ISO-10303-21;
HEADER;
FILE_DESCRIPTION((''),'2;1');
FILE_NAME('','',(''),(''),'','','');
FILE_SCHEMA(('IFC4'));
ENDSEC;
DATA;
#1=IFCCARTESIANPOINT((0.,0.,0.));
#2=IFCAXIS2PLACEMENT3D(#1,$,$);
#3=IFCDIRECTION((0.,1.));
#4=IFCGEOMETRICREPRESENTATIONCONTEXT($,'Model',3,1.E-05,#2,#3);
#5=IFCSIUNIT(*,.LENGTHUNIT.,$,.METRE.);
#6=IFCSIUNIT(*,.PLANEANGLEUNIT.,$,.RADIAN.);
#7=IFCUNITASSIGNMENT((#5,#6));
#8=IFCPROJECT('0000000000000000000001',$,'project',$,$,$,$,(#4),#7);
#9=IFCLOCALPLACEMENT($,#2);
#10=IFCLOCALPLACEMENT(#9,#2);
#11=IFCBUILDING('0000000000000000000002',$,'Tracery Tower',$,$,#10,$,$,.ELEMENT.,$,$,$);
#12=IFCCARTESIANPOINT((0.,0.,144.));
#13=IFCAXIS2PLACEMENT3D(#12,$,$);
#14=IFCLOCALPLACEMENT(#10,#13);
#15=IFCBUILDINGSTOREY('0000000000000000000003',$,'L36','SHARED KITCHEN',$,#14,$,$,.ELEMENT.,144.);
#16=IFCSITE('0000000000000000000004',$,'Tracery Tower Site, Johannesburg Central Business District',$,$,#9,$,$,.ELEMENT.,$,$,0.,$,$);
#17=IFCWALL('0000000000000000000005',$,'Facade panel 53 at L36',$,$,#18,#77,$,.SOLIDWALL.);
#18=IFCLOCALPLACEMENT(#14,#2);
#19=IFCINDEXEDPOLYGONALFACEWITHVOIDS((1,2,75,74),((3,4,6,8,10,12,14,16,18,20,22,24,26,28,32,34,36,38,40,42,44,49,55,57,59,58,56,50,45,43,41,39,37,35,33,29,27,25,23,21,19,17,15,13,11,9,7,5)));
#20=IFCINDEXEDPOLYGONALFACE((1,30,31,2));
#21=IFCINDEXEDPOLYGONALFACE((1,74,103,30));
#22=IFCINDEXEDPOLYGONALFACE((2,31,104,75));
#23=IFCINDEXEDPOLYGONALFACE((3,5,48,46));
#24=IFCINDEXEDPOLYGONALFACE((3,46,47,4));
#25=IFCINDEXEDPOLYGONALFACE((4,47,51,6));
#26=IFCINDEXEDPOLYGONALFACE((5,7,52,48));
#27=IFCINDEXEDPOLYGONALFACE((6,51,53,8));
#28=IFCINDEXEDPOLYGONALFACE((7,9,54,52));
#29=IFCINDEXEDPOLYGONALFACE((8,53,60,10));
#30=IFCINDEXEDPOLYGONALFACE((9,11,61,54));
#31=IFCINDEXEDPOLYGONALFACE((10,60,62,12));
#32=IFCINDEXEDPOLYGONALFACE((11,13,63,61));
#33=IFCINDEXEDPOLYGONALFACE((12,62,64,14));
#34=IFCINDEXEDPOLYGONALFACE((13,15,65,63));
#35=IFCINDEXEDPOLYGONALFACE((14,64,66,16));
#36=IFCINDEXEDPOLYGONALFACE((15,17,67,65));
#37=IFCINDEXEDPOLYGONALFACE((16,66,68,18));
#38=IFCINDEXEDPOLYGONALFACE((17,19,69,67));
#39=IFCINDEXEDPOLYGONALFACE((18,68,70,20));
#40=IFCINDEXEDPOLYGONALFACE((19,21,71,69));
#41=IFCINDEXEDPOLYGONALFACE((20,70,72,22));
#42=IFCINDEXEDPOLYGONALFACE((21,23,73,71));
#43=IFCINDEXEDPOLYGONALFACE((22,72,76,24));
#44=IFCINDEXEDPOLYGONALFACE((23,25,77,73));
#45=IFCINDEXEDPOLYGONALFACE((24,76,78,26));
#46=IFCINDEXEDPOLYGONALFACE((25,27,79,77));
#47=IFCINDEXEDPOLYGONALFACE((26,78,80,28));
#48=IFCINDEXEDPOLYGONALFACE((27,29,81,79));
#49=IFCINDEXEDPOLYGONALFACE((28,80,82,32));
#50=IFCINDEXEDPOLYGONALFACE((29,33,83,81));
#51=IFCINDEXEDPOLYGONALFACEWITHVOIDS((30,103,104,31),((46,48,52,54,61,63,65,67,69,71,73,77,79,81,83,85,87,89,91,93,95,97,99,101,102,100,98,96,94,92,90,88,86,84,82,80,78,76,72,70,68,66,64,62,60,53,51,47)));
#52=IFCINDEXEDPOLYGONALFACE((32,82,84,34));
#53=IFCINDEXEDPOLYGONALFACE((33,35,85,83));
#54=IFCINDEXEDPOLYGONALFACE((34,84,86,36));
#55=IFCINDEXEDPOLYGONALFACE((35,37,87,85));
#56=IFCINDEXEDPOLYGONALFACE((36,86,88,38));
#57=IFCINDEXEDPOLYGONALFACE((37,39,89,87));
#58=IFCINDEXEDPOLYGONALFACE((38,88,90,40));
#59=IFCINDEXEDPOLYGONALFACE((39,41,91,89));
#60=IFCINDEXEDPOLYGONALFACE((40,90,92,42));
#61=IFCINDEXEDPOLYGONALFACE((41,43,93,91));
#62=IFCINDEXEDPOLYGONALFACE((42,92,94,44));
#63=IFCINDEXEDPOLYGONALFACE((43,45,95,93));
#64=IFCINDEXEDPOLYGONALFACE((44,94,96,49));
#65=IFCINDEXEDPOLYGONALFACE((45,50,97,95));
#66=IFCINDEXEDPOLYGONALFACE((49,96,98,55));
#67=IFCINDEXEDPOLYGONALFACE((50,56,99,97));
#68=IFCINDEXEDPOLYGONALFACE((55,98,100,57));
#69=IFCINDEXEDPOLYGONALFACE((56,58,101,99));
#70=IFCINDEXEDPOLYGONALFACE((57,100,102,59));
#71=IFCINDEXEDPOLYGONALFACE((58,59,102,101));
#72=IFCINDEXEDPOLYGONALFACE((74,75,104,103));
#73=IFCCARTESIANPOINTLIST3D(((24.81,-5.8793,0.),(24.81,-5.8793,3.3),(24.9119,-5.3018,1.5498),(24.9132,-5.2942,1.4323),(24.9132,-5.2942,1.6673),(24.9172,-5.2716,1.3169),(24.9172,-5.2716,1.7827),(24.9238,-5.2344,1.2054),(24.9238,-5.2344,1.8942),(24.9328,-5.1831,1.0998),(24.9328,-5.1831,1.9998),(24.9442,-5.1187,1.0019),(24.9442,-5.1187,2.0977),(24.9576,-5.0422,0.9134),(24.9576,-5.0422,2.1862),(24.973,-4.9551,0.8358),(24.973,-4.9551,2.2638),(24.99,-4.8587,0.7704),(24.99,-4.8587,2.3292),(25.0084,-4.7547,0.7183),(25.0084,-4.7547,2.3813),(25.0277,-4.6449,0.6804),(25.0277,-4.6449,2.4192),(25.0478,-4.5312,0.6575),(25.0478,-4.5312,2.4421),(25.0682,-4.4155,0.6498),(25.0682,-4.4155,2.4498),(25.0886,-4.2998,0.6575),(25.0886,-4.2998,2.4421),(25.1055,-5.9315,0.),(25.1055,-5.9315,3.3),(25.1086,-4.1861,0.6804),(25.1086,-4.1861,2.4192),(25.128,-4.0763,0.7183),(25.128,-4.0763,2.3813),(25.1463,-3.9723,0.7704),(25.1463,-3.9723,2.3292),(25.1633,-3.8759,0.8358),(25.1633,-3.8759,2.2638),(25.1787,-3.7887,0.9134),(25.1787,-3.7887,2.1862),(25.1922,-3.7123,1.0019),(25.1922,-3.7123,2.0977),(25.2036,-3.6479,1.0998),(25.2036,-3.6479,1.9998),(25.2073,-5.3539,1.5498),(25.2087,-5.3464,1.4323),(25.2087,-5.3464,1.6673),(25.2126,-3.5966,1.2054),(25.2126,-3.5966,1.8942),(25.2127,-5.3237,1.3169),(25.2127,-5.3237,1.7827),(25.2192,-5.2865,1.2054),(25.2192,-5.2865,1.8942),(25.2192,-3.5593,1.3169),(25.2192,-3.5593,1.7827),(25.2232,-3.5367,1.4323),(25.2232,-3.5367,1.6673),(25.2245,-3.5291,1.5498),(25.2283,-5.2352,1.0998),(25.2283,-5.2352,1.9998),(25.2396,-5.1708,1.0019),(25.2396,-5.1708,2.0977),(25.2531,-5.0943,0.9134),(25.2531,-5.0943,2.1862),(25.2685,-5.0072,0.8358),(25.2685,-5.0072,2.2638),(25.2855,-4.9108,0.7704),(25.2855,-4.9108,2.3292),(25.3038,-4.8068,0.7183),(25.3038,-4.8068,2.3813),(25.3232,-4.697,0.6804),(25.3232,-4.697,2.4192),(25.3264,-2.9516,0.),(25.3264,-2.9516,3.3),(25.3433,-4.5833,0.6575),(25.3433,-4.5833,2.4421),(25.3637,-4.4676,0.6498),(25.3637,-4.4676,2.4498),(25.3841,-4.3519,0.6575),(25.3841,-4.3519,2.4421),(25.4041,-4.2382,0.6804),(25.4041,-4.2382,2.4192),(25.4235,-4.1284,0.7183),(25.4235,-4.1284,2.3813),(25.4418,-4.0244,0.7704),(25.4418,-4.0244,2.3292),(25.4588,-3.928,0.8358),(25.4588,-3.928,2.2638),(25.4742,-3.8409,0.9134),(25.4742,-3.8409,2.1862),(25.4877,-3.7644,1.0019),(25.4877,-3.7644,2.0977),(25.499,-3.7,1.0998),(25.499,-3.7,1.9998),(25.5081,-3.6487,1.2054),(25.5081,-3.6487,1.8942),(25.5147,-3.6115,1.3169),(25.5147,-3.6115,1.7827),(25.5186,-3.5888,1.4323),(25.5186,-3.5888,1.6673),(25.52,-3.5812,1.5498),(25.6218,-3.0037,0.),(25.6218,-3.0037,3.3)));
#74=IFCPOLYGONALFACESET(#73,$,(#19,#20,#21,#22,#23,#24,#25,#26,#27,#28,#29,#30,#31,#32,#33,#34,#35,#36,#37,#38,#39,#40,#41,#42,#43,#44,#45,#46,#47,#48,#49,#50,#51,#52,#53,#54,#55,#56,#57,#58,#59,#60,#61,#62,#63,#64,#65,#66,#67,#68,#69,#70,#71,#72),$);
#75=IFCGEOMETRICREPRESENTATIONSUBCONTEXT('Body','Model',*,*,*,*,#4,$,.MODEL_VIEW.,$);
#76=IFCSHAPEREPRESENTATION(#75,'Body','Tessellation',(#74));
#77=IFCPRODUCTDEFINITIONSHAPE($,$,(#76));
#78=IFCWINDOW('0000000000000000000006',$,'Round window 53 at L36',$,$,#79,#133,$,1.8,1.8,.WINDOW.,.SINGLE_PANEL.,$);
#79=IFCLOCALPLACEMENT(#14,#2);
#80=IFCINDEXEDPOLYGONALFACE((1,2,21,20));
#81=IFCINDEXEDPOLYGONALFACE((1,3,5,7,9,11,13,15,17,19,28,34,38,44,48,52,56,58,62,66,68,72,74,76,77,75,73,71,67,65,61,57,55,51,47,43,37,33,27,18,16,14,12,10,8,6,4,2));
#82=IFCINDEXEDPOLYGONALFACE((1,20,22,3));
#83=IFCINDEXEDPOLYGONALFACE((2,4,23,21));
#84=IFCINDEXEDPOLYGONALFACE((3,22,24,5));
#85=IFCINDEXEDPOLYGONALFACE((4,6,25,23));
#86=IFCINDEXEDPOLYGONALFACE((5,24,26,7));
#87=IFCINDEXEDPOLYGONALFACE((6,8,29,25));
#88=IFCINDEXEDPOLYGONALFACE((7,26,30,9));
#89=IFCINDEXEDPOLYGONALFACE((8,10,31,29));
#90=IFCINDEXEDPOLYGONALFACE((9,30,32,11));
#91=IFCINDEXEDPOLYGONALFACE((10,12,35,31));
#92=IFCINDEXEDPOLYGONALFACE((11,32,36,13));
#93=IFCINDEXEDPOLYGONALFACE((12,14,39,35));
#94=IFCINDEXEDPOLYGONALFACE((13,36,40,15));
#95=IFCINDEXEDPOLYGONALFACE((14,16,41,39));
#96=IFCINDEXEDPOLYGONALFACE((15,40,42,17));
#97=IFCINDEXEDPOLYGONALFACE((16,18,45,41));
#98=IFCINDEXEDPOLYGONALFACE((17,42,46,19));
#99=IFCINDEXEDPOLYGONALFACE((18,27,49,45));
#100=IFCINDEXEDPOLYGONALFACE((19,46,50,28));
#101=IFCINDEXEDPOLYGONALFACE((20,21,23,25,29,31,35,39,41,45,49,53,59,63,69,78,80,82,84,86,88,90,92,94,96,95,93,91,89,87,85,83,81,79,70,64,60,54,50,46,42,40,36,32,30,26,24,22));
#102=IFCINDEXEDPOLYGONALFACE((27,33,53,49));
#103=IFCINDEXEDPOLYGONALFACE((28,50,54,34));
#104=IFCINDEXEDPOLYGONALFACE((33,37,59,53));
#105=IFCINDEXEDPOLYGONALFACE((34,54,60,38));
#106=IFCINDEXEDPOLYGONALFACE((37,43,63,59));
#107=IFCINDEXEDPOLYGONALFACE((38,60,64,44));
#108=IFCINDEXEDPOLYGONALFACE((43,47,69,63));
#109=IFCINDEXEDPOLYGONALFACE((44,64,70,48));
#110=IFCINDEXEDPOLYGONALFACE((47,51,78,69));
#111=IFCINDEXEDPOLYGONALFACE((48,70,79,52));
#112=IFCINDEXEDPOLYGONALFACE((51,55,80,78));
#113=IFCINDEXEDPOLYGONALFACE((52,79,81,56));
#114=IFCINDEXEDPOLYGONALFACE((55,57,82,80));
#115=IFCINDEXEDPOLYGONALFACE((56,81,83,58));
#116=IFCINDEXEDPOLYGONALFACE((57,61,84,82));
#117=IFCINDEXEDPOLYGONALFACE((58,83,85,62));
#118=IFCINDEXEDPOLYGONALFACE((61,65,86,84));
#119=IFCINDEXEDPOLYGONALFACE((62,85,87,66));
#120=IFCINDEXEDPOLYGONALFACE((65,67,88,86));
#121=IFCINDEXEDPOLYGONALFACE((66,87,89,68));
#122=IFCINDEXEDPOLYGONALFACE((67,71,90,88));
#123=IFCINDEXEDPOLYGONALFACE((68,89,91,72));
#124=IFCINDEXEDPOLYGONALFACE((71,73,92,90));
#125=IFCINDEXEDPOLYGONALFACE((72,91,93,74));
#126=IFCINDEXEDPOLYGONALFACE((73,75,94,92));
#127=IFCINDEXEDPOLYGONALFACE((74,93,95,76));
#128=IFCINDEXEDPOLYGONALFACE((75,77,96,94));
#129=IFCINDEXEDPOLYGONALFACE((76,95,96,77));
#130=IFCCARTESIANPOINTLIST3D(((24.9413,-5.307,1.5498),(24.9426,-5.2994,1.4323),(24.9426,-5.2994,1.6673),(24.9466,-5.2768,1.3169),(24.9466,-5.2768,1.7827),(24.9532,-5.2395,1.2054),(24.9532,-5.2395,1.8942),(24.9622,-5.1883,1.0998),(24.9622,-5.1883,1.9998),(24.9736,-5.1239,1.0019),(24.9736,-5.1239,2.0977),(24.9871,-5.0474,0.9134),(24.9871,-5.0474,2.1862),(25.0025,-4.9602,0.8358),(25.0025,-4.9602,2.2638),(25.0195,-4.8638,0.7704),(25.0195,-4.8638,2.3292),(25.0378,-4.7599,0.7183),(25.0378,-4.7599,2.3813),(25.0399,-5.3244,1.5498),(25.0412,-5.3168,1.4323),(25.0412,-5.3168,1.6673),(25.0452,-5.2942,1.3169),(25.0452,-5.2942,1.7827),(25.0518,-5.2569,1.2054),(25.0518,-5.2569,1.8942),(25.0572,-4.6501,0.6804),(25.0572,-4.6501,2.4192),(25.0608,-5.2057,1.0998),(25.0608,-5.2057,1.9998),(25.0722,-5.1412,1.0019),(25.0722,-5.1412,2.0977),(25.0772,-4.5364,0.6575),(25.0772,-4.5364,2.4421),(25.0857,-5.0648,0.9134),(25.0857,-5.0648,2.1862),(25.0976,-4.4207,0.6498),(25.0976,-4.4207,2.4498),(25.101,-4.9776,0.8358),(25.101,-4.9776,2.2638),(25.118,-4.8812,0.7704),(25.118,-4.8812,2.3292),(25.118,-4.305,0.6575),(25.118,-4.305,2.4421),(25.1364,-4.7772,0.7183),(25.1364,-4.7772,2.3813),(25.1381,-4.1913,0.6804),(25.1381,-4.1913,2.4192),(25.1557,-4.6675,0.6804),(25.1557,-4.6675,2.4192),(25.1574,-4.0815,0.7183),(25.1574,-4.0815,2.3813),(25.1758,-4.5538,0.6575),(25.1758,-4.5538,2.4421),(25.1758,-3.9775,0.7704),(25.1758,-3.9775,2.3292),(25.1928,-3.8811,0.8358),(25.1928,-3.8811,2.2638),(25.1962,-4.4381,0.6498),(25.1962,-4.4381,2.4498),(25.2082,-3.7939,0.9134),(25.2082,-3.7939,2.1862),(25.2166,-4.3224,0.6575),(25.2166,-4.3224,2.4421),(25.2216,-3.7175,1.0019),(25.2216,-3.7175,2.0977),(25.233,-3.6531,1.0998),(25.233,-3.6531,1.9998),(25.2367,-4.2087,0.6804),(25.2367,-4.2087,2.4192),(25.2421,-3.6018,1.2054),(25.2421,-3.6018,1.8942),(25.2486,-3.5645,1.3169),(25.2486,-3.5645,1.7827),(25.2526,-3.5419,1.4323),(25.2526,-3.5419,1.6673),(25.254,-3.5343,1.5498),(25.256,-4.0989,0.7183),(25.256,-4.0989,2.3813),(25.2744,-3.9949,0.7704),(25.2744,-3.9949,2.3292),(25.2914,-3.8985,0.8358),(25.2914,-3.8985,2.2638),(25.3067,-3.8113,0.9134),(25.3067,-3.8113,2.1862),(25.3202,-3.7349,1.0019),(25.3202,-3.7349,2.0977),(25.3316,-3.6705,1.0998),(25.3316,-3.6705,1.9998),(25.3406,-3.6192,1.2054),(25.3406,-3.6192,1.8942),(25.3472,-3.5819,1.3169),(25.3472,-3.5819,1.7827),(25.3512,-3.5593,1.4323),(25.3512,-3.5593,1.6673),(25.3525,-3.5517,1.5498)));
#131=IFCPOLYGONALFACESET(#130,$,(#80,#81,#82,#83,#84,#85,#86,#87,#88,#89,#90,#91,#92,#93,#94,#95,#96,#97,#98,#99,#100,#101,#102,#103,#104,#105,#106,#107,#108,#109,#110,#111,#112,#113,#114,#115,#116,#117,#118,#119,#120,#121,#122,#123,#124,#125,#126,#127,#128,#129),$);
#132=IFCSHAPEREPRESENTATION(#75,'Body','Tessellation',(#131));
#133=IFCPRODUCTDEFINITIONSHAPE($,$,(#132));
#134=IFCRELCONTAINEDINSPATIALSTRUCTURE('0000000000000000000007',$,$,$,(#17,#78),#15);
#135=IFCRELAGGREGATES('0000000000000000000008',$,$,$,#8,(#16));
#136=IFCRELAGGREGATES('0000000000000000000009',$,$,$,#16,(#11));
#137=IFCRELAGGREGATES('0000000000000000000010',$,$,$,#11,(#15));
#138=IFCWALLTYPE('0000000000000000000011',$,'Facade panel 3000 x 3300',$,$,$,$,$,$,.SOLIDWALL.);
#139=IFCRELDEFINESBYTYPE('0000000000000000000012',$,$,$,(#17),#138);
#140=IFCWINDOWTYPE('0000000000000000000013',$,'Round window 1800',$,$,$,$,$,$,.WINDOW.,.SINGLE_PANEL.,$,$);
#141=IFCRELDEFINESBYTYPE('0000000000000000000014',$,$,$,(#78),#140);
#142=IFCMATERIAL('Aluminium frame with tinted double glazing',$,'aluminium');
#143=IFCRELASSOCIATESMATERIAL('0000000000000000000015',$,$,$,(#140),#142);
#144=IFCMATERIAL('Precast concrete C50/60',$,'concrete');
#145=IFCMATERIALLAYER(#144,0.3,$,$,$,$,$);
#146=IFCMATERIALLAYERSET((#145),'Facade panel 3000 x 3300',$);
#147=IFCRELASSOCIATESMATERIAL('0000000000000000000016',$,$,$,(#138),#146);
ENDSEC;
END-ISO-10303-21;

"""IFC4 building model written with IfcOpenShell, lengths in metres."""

from ifc_helpers import new_model, si_unit, direction, frame, frame_2d, origin, origin_2d, place, context, subcontext, project, spatial, rectangle, circle, extrude, material, layer, layer_set, type_object, element, fill, save


model = new_model("IFC4")

# Units and contexts
model_context = context("Model", 3, precision=1e-05, world=origin(), true_north=direction((0.0, 1.0)))
body_context = subcontext(model_context, "Body", "Model", "MODEL_VIEW")
ifc_project = project(units=[si_unit("LENGTHUNIT", "METRE"), si_unit("PLANEANGLEUNIT", "RADIAN")], contexts=[model_context])

# Site, building, storey
site_placement = place(None, origin())
site = spatial("IfcSite", under=ifc_project, at=site_placement, Name="Tracery Tower Site, Johannesburg Central Business District", CompositionType="ELEMENT", RefElevation=0.0)
building_placement = place(site_placement, origin())
building = spatial("IfcBuilding", under=site, at=building_placement, Name="Tracery Tower", CompositionType="ELEMENT")
storey_placement = place(building_placement, frame((0.0, 0.0, 144.0)))
storey = spatial("IfcBuildingStorey", under=building, at=storey_placement, Name="L36", Description="SHARED KITCHEN", CompositionType="ELEMENT", Elevation=144.0)

# Wall, opening, window
ifc_material_1 = material(Name="Aluminium frame with tinted double glazing", Category="aluminium")
window_type = type_object("IfcWindowType", Name="Round window 1800", PartitioningType="SINGLE_PANEL", PredefinedType="WINDOW", material=ifc_material_1)
ifc_material_2 = material(Name="Precast concrete C50/60", Category="concrete")
ifc_layer_1 = layer(ifc_material_2, 0.3)
ifc_layer_set_1 = layer_set([ifc_layer_1], Name="Facade panel 3000 x 3300")
wall_type_1 = type_object("IfcWallType", Name="Facade panel 3000 x 3300", PredefinedType="SOLIDWALL", material=ifc_layer_set_1)
wall_1_placement = place(storey_placement, frame((24.9578, -5.9053, 0.0), z_axis=(0.0, 0.0, 1.0), x_axis=(0.173687, 0.984801, 0.0)))
wall_1 = element("IfcWall", 1, at=wall_1_placement, inside=storey, type_object=wall_type_1, Name="Facade panel 53 at L36", PredefinedType="SOLIDWALL", context=body_context, shape_type="SweptSolid", body=[
    extrude(rectangle(XDim=2.9729, YDim=0.3, at=frame_2d((1.4863, 0.0))), origin(), (0.0, 0.0, 1.0), 3.3),
])
opening_1_placement = place(wall_1_placement, frame((1.4863, 0.0, 1.5498)))
opening_1 = element("IfcOpeningElement", 2, at=opening_1_placement, cuts=wall_1, PredefinedType="OPENING", context=body_context, shape_type="SweptSolid", body=[
    extrude(circle(Radius=0.9, at=origin_2d()), frame((0.0, 0.1599, 0.0), z_axis=(0.0, -1.0, 0.0), x_axis=(1.0, 0.0, 0.0)), (0.0, 0.0, 1.0), 0.3201),
])
window_1_placement = place(opening_1_placement, origin())
window_1 = element("IfcWindow", 3, at=window_1_placement, inside=storey, type_object=window_type, Name="Round window 53 at L36", OverallHeight=1.8, OverallWidth=1.8, PartitioningType="SINGLE_PANEL", PredefinedType="WINDOW", context=body_context, shape_type="SweptSolid", body=[
    extrude(circle(Radius=0.9, at=origin_2d()), frame((0.0, 0.1201, 0.0), z_axis=(0.0, -1.0, 0.0), x_axis=(1.0, 0.0, 0.0)), (0.0, 0.0, 1.0), 0.1001),
])
fill(opening_1, window_1)

save(model, "model.ifc")
